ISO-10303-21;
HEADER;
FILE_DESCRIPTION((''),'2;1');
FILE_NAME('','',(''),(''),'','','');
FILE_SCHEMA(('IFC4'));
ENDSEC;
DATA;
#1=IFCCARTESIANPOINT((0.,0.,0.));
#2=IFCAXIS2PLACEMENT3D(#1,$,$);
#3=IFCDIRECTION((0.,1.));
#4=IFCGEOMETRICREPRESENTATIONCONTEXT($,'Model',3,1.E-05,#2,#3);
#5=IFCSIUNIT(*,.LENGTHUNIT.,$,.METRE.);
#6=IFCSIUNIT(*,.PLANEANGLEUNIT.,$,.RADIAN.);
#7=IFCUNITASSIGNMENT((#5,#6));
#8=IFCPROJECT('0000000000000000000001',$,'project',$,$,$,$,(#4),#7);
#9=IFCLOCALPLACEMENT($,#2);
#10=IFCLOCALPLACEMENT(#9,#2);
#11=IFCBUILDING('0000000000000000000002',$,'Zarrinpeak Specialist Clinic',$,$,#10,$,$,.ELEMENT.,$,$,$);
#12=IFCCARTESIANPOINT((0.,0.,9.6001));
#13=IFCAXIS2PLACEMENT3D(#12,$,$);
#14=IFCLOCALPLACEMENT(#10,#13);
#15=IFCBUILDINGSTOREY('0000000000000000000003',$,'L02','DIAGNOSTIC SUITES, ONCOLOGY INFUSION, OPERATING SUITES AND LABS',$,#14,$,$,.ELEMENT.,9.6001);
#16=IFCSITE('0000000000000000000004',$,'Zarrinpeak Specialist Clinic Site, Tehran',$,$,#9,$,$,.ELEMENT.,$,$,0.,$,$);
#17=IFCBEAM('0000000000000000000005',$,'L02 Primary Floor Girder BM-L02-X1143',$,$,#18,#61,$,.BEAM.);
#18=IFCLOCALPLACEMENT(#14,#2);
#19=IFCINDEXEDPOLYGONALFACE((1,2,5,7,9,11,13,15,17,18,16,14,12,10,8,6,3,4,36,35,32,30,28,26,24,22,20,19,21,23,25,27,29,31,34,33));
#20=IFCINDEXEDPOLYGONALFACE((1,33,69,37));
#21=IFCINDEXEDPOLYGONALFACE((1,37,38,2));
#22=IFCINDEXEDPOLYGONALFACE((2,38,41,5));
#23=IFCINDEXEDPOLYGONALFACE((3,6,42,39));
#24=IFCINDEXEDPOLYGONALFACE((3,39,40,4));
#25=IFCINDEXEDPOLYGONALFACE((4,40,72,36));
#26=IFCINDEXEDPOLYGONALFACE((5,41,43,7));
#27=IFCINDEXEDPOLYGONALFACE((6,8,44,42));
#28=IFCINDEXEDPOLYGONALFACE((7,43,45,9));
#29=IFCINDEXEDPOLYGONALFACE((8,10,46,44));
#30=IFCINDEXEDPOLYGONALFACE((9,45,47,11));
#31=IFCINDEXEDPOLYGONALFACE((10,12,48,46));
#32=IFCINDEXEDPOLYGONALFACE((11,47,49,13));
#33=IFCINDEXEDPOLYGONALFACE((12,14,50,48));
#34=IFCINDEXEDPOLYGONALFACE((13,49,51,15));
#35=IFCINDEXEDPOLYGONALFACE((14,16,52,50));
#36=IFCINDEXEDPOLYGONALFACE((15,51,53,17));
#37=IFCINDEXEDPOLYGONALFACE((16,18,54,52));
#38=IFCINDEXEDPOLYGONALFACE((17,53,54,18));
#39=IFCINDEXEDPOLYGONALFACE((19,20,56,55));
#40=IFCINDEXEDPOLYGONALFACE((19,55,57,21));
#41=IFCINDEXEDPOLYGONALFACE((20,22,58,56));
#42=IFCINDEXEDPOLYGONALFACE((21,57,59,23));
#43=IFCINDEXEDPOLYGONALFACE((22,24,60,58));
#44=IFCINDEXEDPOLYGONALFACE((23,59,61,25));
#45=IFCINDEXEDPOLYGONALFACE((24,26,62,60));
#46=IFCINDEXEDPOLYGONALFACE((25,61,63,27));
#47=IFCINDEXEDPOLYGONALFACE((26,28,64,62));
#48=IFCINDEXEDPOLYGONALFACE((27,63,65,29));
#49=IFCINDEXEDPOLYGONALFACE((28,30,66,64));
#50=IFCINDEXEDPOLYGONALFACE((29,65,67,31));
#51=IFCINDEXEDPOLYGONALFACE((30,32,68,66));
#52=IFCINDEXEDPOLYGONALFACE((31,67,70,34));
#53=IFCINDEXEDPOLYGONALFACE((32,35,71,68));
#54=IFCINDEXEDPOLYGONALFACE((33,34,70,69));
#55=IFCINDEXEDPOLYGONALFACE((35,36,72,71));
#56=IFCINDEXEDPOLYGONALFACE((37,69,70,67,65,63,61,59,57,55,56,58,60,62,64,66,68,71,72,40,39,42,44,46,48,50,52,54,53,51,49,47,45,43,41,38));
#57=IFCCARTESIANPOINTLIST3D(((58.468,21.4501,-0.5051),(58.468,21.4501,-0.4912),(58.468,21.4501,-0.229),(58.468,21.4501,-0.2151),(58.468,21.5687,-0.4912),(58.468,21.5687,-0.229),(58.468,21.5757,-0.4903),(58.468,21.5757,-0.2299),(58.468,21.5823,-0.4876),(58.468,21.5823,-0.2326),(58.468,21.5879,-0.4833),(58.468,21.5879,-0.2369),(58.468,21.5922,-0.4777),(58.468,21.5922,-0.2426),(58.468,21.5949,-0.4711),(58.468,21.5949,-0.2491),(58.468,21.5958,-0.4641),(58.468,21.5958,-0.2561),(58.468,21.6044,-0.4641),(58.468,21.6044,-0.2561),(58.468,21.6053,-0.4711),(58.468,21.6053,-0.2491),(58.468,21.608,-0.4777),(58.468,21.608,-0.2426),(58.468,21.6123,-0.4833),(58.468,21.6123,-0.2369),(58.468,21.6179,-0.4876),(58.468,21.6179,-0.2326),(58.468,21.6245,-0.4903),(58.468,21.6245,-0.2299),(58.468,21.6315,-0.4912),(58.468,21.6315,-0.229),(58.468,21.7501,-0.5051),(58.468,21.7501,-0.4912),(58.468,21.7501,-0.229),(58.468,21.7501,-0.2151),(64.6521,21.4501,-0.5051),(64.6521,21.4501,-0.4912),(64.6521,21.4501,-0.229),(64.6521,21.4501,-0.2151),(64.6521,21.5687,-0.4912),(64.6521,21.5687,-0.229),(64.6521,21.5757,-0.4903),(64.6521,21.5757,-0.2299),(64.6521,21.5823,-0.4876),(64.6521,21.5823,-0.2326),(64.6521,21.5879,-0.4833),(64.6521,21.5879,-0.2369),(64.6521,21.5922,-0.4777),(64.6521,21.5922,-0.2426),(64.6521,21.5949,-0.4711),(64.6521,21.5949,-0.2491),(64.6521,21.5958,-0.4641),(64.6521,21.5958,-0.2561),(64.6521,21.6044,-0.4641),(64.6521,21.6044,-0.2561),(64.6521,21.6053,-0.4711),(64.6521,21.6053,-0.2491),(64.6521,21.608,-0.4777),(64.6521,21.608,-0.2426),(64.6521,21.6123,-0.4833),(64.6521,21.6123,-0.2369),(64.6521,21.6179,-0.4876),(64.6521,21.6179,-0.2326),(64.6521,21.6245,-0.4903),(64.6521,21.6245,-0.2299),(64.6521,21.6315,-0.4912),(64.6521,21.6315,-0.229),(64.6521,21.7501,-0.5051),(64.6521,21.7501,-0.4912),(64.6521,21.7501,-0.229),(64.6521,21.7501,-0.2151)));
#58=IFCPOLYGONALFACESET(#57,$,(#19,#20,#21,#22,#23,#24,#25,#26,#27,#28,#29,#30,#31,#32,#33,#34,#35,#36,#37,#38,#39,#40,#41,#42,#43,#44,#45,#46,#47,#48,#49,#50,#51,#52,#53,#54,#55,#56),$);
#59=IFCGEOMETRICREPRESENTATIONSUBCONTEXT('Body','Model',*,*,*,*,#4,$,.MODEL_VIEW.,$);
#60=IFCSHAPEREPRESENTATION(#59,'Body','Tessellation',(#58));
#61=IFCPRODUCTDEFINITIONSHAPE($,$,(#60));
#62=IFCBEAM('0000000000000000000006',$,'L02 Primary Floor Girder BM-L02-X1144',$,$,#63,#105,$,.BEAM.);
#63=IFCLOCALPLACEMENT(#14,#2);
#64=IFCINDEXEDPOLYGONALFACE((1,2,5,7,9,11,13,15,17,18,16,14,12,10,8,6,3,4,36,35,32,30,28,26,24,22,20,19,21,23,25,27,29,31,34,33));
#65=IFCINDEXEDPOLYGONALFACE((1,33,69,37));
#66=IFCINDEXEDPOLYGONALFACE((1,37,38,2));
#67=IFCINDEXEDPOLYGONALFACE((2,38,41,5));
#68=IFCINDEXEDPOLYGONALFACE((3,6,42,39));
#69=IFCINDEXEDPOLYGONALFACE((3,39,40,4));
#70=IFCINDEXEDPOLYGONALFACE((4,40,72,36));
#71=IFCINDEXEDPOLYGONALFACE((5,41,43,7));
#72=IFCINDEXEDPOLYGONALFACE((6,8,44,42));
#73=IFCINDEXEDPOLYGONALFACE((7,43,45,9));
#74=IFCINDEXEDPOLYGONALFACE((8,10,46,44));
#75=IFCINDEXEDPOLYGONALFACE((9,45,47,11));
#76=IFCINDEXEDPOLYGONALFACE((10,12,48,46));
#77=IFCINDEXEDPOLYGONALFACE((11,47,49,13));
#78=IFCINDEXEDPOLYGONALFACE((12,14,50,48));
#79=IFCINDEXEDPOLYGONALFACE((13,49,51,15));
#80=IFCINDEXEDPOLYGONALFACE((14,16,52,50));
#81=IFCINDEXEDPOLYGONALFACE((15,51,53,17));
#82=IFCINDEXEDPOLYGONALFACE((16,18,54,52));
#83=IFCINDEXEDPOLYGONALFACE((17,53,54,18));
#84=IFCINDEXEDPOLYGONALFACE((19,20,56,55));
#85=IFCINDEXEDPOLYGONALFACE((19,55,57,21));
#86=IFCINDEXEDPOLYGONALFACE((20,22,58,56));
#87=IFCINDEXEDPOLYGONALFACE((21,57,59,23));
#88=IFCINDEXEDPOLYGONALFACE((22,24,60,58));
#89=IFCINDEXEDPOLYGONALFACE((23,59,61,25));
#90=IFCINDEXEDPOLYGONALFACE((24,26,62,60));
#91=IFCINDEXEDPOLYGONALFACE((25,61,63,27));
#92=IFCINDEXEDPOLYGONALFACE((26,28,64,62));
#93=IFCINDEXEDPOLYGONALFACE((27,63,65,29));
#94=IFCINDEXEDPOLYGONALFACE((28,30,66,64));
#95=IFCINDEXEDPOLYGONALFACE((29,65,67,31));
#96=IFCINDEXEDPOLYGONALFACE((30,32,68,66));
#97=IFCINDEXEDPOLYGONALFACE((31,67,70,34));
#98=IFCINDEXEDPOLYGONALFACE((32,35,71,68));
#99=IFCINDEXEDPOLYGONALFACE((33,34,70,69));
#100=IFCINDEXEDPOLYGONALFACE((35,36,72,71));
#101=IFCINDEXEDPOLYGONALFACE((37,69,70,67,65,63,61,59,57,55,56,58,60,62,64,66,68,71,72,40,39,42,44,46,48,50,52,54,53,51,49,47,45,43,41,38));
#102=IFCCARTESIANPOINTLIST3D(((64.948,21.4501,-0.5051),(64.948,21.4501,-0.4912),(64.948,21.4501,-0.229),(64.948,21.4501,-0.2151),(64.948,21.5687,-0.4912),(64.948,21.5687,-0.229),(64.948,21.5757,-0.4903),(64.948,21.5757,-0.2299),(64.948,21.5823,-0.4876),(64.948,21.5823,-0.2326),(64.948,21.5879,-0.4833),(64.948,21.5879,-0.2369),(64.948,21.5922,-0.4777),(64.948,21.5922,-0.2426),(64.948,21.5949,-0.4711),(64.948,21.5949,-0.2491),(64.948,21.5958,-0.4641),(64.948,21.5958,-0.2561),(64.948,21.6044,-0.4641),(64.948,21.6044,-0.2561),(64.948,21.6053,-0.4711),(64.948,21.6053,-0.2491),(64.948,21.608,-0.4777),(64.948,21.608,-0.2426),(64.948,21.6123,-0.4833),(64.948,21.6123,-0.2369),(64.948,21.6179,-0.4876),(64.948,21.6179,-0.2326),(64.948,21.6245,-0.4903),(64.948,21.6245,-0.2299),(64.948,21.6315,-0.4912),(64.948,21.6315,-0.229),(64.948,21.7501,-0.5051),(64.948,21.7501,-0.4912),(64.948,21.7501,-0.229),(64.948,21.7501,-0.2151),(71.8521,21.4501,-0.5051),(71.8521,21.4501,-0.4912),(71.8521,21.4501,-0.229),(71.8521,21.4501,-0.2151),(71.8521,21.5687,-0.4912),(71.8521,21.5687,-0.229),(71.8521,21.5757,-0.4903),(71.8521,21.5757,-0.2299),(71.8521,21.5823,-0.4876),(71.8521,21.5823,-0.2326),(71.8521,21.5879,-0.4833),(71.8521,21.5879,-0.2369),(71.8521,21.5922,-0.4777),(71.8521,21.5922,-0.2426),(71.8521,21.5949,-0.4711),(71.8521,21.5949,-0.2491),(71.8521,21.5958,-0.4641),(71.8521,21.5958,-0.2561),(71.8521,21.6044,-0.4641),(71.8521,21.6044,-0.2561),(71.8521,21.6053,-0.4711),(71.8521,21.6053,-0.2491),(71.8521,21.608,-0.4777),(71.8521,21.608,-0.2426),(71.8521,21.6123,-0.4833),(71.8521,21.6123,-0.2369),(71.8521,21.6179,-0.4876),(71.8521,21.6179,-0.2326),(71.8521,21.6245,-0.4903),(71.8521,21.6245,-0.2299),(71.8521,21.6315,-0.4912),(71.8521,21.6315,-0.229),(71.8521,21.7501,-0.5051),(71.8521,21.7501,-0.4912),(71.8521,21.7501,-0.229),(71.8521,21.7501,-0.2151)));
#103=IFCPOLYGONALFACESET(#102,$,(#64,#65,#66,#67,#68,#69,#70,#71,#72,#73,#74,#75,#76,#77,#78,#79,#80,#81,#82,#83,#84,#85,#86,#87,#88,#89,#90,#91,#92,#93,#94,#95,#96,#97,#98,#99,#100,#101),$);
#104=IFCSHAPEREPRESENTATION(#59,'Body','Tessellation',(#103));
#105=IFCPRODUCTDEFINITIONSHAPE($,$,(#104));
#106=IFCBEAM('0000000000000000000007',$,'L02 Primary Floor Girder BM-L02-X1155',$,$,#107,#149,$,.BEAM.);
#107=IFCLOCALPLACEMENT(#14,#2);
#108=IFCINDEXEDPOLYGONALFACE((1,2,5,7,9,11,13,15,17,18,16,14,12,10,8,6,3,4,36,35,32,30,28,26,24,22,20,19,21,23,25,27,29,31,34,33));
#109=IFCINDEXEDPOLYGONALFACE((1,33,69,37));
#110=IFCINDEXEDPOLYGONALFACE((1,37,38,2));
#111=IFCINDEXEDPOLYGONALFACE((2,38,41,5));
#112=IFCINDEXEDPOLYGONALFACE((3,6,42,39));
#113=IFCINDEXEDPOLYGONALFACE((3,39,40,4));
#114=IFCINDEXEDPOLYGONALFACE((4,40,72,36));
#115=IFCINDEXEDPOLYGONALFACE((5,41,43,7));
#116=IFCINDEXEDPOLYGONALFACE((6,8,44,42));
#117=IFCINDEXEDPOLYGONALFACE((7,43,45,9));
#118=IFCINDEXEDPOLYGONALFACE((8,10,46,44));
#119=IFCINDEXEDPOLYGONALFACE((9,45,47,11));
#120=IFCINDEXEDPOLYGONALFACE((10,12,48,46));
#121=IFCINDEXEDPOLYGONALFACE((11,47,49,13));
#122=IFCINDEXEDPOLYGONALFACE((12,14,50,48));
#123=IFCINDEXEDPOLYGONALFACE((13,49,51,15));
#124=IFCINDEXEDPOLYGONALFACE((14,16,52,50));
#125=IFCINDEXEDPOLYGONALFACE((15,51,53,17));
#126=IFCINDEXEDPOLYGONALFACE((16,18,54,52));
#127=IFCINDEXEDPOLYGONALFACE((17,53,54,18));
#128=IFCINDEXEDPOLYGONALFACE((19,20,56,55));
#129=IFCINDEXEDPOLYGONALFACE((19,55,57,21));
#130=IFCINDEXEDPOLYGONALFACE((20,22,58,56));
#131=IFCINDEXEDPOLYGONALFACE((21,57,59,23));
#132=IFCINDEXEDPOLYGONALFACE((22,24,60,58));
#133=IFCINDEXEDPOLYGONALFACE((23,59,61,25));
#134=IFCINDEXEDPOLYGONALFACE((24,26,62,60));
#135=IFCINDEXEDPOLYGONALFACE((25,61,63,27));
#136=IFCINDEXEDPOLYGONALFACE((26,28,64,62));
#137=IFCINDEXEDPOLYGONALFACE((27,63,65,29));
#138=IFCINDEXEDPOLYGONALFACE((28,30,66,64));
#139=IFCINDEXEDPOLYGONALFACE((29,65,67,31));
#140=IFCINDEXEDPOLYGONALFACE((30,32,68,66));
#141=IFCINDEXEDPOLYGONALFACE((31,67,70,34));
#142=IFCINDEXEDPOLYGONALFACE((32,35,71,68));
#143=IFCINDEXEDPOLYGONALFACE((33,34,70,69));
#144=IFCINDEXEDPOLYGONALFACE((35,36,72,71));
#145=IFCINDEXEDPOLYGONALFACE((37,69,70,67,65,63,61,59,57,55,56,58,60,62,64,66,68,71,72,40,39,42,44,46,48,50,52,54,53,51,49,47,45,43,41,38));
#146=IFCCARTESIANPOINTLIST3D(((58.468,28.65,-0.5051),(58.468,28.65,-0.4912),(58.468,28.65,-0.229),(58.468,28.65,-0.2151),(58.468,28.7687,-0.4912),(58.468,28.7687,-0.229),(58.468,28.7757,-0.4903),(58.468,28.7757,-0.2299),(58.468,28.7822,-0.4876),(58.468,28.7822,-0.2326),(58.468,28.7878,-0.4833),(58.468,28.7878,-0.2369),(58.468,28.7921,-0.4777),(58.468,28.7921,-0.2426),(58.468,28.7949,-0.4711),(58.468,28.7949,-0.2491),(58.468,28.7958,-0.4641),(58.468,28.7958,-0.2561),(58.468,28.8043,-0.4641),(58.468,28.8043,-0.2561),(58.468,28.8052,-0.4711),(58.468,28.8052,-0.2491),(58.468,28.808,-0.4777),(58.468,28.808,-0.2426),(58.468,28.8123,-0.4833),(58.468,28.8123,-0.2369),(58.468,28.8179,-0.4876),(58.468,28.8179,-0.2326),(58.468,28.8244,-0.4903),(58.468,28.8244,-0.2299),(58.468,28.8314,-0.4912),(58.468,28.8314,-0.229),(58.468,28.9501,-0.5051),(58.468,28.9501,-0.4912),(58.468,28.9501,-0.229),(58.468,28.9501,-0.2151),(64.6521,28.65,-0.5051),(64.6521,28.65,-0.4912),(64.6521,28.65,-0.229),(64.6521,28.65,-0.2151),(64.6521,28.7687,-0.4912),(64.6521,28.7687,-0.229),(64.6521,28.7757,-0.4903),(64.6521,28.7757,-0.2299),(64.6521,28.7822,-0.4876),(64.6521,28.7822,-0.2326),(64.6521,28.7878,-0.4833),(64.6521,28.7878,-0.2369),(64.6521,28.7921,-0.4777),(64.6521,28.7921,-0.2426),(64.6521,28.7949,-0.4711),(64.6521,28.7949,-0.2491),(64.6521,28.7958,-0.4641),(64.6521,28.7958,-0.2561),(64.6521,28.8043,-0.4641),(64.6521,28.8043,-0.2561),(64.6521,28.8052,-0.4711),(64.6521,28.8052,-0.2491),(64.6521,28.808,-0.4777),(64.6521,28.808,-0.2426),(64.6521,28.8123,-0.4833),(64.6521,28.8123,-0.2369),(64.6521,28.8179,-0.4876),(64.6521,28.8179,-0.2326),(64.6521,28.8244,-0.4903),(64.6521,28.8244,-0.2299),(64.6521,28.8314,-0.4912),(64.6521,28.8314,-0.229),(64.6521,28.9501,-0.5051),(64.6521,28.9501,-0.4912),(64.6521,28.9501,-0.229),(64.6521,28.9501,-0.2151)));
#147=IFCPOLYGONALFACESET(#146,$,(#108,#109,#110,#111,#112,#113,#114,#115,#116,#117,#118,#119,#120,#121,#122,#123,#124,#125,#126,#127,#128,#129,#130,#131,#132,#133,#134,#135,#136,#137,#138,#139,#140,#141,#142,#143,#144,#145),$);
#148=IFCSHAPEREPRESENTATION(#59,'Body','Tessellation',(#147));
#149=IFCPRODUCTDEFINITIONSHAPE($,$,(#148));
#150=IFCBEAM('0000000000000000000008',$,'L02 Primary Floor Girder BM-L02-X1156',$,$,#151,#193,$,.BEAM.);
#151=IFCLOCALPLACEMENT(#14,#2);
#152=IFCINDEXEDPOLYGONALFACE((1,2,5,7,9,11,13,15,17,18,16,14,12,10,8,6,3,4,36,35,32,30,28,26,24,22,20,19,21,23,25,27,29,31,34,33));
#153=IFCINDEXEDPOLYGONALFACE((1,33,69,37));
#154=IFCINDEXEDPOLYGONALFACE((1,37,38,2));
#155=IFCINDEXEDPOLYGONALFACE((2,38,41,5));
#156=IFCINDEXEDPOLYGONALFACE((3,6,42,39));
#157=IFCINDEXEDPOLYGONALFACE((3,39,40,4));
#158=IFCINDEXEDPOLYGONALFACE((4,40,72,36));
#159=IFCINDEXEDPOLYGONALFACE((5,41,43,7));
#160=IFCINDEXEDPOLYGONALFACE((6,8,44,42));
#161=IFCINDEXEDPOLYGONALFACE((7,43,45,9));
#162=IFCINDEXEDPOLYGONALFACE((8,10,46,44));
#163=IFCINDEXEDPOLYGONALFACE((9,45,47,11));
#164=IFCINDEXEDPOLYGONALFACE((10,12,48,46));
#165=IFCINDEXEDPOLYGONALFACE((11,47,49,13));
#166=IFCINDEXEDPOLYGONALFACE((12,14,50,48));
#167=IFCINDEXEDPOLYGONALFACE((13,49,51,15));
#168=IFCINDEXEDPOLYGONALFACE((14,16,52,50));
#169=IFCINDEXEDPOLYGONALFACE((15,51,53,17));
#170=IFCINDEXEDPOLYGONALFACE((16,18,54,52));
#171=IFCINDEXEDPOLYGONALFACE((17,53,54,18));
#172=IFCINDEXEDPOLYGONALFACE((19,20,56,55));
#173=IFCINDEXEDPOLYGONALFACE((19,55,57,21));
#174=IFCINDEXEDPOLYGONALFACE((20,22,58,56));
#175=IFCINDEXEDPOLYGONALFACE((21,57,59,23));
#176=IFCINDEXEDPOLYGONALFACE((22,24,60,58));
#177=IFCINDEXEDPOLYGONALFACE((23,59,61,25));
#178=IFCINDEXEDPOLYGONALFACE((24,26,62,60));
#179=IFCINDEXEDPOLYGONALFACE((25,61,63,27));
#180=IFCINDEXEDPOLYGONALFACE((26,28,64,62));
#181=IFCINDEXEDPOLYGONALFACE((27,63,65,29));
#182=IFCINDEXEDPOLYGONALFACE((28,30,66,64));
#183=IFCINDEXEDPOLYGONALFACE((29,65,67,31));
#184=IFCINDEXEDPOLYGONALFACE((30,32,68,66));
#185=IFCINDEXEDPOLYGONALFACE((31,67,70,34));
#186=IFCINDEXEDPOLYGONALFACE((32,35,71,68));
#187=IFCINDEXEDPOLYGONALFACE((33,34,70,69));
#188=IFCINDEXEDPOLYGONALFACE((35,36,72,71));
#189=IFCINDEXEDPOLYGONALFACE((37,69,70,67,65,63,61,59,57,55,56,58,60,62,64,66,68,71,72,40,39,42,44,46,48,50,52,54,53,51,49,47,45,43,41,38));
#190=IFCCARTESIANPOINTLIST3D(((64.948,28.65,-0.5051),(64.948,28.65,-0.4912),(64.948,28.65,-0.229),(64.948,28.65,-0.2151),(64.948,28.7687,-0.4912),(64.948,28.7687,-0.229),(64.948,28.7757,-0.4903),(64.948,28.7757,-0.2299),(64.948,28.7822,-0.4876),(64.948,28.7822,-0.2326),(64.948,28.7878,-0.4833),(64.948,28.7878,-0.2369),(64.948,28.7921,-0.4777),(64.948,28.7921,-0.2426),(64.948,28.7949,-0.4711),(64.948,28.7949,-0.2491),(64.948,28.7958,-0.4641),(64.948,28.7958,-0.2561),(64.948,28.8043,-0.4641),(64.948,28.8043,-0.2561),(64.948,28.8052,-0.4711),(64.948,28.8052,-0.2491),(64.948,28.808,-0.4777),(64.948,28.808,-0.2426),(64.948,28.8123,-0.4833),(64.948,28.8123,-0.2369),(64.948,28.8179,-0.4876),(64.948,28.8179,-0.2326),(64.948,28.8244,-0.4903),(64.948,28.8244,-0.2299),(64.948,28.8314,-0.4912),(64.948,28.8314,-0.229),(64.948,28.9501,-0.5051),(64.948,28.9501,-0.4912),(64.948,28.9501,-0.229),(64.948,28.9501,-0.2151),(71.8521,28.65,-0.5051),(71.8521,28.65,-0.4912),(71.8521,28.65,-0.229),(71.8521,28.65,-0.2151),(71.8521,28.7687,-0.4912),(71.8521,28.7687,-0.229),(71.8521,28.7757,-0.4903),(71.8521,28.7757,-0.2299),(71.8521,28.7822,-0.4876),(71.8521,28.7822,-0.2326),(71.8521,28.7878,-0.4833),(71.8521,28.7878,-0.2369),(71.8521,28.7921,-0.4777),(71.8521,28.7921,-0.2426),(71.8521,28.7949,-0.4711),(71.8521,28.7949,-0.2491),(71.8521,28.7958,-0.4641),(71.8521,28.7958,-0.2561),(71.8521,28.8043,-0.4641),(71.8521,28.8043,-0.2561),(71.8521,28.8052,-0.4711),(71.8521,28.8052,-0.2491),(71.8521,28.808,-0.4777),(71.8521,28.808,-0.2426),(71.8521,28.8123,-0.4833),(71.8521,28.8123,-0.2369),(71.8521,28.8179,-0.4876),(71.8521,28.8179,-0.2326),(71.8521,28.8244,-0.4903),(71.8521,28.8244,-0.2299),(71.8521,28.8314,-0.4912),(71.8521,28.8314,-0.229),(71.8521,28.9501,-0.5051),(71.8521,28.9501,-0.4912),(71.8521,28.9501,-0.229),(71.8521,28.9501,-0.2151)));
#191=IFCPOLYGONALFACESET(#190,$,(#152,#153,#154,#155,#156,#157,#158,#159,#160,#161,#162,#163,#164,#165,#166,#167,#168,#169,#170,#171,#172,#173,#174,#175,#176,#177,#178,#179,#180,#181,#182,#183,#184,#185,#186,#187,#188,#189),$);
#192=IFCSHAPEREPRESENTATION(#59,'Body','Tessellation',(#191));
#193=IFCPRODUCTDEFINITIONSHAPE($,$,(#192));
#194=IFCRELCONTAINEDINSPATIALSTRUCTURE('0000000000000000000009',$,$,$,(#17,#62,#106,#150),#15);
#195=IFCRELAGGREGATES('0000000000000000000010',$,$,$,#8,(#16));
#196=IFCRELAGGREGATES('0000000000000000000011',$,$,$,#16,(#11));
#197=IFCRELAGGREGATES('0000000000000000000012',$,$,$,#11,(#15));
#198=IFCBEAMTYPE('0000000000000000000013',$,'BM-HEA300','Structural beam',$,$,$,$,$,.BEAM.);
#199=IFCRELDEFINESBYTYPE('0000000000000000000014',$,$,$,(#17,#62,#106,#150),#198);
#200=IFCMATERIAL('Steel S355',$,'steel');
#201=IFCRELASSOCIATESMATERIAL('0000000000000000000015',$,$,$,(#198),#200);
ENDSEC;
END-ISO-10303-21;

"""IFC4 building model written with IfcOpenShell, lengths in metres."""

from ifc_helpers import new_model, si_unit, direction, frame, origin, origin_2d, place, context, subcontext, project, spatial, i_section, extrude, material, material_profile, profile_set, type_object, element, save


model = new_model("IFC4")

# Units and contexts
model_context = context("Model", 3, precision=1e-05, world=origin(), true_north=direction((0.0, 1.0)))
body_context = subcontext(model_context, "Body", "Model", "MODEL_VIEW")
ifc_project = project(units=[si_unit("LENGTHUNIT", "METRE"), si_unit("PLANEANGLEUNIT", "RADIAN")], contexts=[model_context])

# Site, building, storey
site_placement = place(None, origin())
site = spatial("IfcSite", under=ifc_project, at=site_placement, Name="Zarrinpeak Specialist Clinic Site, Tehran", CompositionType="ELEMENT", RefElevation=0.0)
building_placement = place(site_placement, origin())
building = spatial("IfcBuilding", under=site, at=building_placement, Name="Zarrinpeak Specialist Clinic", CompositionType="ELEMENT")
storey_placement = place(building_placement, frame((0.0, 0.0, 9.6001)))
storey = spatial("IfcBuildingStorey", under=building, at=storey_placement, Name="L02", Description="DIAGNOSTIC SUITES, ONCOLOGY INFUSION, OPERATING SUITES AND LABS", CompositionType="ELEMENT", Elevation=9.6001)

# Shared definitions
ifc_material_1 = material(Name="Steel S355", Category="steel")

# Beams
ifc_material_profile_1 = material_profile(ifc_material_1, i_section(OverallWidth=0.3, OverallDepth=0.29, WebThickness=0.0085, FlangeThickness=0.0139, FilletRadius=0.0271, at=origin_2d()), Name="HEA 300")
ifc_profile_set_1 = profile_set([ifc_material_profile_1], Name="Steel S355")
beam_type_1 = type_object("IfcBeamType", Name="BM-HEA300", Description="Structural beam", PredefinedType="BEAM", material=ifc_profile_set_1)
beam_1_placement = place(storey_placement, frame((58.468, 21.6001, -0.3601), z_axis=(1.0, 0.0, 0.0), x_axis=(0.0, 1.0, 0.0)))
element("IfcBeam", 1, at=beam_1_placement, inside=storey, type_object=beam_type_1, Name="L02 Primary Floor Girder BM-L02-X1143", PredefinedType="BEAM", context=body_context, shape_type="SweptSolid", body=[
    extrude(i_section(OverallWidth=0.3, OverallDepth=0.29, WebThickness=0.0085, FlangeThickness=0.0139, FilletRadius=0.0271, at=origin_2d()), origin(), (0.0, 0.0, 1.0), 6.1841),
])
beam_2_placement = place(storey_placement, frame((64.948, 21.6001, -0.3601), z_axis=(1.0, 0.0, 0.0), x_axis=(0.0, 1.0, 0.0)))
element("IfcBeam", 2, at=beam_2_placement, inside=storey, type_object=beam_type_1, Name="L02 Primary Floor Girder BM-L02-X1144", PredefinedType="BEAM", context=body_context, shape_type="SweptSolid", body=[
    extrude(i_section(OverallWidth=0.3, OverallDepth=0.29, WebThickness=0.0085, FlangeThickness=0.0139, FilletRadius=0.0271, at=origin_2d()), origin(), (0.0, 0.0, 1.0), 6.9041),
])
beam_3_placement = place(storey_placement, frame((58.468, 28.8, -0.3601), z_axis=(1.0, 0.0, 0.0), x_axis=(0.0, 1.0, 0.0)))
element("IfcBeam", 3, at=beam_3_placement, inside=storey, type_object=beam_type_1, Name="L02 Primary Floor Girder BM-L02-X1155", PredefinedType="BEAM", context=body_context, shape_type="SweptSolid", body=[
    extrude(i_section(OverallWidth=0.3, OverallDepth=0.29, WebThickness=0.0085, FlangeThickness=0.0139, FilletRadius=0.0271, at=origin_2d()), origin(), (0.0, 0.0, 1.0), 6.1841),
])
beam_4_placement = place(storey_placement, frame((64.948, 28.8, -0.3601), z_axis=(1.0, 0.0, 0.0), x_axis=(0.0, 1.0, 0.0)))
element("IfcBeam", 4, at=beam_4_placement, inside=storey, type_object=beam_type_1, Name="L02 Primary Floor Girder BM-L02-X1156", PredefinedType="BEAM", context=body_context, shape_type="SweptSolid", body=[
    extrude(i_section(OverallWidth=0.3, OverallDepth=0.29, WebThickness=0.0085, FlangeThickness=0.0139, FilletRadius=0.0271, at=origin_2d()), origin(), (0.0, 0.0, 1.0), 6.9041),
])

save(model, "model.ifc")
